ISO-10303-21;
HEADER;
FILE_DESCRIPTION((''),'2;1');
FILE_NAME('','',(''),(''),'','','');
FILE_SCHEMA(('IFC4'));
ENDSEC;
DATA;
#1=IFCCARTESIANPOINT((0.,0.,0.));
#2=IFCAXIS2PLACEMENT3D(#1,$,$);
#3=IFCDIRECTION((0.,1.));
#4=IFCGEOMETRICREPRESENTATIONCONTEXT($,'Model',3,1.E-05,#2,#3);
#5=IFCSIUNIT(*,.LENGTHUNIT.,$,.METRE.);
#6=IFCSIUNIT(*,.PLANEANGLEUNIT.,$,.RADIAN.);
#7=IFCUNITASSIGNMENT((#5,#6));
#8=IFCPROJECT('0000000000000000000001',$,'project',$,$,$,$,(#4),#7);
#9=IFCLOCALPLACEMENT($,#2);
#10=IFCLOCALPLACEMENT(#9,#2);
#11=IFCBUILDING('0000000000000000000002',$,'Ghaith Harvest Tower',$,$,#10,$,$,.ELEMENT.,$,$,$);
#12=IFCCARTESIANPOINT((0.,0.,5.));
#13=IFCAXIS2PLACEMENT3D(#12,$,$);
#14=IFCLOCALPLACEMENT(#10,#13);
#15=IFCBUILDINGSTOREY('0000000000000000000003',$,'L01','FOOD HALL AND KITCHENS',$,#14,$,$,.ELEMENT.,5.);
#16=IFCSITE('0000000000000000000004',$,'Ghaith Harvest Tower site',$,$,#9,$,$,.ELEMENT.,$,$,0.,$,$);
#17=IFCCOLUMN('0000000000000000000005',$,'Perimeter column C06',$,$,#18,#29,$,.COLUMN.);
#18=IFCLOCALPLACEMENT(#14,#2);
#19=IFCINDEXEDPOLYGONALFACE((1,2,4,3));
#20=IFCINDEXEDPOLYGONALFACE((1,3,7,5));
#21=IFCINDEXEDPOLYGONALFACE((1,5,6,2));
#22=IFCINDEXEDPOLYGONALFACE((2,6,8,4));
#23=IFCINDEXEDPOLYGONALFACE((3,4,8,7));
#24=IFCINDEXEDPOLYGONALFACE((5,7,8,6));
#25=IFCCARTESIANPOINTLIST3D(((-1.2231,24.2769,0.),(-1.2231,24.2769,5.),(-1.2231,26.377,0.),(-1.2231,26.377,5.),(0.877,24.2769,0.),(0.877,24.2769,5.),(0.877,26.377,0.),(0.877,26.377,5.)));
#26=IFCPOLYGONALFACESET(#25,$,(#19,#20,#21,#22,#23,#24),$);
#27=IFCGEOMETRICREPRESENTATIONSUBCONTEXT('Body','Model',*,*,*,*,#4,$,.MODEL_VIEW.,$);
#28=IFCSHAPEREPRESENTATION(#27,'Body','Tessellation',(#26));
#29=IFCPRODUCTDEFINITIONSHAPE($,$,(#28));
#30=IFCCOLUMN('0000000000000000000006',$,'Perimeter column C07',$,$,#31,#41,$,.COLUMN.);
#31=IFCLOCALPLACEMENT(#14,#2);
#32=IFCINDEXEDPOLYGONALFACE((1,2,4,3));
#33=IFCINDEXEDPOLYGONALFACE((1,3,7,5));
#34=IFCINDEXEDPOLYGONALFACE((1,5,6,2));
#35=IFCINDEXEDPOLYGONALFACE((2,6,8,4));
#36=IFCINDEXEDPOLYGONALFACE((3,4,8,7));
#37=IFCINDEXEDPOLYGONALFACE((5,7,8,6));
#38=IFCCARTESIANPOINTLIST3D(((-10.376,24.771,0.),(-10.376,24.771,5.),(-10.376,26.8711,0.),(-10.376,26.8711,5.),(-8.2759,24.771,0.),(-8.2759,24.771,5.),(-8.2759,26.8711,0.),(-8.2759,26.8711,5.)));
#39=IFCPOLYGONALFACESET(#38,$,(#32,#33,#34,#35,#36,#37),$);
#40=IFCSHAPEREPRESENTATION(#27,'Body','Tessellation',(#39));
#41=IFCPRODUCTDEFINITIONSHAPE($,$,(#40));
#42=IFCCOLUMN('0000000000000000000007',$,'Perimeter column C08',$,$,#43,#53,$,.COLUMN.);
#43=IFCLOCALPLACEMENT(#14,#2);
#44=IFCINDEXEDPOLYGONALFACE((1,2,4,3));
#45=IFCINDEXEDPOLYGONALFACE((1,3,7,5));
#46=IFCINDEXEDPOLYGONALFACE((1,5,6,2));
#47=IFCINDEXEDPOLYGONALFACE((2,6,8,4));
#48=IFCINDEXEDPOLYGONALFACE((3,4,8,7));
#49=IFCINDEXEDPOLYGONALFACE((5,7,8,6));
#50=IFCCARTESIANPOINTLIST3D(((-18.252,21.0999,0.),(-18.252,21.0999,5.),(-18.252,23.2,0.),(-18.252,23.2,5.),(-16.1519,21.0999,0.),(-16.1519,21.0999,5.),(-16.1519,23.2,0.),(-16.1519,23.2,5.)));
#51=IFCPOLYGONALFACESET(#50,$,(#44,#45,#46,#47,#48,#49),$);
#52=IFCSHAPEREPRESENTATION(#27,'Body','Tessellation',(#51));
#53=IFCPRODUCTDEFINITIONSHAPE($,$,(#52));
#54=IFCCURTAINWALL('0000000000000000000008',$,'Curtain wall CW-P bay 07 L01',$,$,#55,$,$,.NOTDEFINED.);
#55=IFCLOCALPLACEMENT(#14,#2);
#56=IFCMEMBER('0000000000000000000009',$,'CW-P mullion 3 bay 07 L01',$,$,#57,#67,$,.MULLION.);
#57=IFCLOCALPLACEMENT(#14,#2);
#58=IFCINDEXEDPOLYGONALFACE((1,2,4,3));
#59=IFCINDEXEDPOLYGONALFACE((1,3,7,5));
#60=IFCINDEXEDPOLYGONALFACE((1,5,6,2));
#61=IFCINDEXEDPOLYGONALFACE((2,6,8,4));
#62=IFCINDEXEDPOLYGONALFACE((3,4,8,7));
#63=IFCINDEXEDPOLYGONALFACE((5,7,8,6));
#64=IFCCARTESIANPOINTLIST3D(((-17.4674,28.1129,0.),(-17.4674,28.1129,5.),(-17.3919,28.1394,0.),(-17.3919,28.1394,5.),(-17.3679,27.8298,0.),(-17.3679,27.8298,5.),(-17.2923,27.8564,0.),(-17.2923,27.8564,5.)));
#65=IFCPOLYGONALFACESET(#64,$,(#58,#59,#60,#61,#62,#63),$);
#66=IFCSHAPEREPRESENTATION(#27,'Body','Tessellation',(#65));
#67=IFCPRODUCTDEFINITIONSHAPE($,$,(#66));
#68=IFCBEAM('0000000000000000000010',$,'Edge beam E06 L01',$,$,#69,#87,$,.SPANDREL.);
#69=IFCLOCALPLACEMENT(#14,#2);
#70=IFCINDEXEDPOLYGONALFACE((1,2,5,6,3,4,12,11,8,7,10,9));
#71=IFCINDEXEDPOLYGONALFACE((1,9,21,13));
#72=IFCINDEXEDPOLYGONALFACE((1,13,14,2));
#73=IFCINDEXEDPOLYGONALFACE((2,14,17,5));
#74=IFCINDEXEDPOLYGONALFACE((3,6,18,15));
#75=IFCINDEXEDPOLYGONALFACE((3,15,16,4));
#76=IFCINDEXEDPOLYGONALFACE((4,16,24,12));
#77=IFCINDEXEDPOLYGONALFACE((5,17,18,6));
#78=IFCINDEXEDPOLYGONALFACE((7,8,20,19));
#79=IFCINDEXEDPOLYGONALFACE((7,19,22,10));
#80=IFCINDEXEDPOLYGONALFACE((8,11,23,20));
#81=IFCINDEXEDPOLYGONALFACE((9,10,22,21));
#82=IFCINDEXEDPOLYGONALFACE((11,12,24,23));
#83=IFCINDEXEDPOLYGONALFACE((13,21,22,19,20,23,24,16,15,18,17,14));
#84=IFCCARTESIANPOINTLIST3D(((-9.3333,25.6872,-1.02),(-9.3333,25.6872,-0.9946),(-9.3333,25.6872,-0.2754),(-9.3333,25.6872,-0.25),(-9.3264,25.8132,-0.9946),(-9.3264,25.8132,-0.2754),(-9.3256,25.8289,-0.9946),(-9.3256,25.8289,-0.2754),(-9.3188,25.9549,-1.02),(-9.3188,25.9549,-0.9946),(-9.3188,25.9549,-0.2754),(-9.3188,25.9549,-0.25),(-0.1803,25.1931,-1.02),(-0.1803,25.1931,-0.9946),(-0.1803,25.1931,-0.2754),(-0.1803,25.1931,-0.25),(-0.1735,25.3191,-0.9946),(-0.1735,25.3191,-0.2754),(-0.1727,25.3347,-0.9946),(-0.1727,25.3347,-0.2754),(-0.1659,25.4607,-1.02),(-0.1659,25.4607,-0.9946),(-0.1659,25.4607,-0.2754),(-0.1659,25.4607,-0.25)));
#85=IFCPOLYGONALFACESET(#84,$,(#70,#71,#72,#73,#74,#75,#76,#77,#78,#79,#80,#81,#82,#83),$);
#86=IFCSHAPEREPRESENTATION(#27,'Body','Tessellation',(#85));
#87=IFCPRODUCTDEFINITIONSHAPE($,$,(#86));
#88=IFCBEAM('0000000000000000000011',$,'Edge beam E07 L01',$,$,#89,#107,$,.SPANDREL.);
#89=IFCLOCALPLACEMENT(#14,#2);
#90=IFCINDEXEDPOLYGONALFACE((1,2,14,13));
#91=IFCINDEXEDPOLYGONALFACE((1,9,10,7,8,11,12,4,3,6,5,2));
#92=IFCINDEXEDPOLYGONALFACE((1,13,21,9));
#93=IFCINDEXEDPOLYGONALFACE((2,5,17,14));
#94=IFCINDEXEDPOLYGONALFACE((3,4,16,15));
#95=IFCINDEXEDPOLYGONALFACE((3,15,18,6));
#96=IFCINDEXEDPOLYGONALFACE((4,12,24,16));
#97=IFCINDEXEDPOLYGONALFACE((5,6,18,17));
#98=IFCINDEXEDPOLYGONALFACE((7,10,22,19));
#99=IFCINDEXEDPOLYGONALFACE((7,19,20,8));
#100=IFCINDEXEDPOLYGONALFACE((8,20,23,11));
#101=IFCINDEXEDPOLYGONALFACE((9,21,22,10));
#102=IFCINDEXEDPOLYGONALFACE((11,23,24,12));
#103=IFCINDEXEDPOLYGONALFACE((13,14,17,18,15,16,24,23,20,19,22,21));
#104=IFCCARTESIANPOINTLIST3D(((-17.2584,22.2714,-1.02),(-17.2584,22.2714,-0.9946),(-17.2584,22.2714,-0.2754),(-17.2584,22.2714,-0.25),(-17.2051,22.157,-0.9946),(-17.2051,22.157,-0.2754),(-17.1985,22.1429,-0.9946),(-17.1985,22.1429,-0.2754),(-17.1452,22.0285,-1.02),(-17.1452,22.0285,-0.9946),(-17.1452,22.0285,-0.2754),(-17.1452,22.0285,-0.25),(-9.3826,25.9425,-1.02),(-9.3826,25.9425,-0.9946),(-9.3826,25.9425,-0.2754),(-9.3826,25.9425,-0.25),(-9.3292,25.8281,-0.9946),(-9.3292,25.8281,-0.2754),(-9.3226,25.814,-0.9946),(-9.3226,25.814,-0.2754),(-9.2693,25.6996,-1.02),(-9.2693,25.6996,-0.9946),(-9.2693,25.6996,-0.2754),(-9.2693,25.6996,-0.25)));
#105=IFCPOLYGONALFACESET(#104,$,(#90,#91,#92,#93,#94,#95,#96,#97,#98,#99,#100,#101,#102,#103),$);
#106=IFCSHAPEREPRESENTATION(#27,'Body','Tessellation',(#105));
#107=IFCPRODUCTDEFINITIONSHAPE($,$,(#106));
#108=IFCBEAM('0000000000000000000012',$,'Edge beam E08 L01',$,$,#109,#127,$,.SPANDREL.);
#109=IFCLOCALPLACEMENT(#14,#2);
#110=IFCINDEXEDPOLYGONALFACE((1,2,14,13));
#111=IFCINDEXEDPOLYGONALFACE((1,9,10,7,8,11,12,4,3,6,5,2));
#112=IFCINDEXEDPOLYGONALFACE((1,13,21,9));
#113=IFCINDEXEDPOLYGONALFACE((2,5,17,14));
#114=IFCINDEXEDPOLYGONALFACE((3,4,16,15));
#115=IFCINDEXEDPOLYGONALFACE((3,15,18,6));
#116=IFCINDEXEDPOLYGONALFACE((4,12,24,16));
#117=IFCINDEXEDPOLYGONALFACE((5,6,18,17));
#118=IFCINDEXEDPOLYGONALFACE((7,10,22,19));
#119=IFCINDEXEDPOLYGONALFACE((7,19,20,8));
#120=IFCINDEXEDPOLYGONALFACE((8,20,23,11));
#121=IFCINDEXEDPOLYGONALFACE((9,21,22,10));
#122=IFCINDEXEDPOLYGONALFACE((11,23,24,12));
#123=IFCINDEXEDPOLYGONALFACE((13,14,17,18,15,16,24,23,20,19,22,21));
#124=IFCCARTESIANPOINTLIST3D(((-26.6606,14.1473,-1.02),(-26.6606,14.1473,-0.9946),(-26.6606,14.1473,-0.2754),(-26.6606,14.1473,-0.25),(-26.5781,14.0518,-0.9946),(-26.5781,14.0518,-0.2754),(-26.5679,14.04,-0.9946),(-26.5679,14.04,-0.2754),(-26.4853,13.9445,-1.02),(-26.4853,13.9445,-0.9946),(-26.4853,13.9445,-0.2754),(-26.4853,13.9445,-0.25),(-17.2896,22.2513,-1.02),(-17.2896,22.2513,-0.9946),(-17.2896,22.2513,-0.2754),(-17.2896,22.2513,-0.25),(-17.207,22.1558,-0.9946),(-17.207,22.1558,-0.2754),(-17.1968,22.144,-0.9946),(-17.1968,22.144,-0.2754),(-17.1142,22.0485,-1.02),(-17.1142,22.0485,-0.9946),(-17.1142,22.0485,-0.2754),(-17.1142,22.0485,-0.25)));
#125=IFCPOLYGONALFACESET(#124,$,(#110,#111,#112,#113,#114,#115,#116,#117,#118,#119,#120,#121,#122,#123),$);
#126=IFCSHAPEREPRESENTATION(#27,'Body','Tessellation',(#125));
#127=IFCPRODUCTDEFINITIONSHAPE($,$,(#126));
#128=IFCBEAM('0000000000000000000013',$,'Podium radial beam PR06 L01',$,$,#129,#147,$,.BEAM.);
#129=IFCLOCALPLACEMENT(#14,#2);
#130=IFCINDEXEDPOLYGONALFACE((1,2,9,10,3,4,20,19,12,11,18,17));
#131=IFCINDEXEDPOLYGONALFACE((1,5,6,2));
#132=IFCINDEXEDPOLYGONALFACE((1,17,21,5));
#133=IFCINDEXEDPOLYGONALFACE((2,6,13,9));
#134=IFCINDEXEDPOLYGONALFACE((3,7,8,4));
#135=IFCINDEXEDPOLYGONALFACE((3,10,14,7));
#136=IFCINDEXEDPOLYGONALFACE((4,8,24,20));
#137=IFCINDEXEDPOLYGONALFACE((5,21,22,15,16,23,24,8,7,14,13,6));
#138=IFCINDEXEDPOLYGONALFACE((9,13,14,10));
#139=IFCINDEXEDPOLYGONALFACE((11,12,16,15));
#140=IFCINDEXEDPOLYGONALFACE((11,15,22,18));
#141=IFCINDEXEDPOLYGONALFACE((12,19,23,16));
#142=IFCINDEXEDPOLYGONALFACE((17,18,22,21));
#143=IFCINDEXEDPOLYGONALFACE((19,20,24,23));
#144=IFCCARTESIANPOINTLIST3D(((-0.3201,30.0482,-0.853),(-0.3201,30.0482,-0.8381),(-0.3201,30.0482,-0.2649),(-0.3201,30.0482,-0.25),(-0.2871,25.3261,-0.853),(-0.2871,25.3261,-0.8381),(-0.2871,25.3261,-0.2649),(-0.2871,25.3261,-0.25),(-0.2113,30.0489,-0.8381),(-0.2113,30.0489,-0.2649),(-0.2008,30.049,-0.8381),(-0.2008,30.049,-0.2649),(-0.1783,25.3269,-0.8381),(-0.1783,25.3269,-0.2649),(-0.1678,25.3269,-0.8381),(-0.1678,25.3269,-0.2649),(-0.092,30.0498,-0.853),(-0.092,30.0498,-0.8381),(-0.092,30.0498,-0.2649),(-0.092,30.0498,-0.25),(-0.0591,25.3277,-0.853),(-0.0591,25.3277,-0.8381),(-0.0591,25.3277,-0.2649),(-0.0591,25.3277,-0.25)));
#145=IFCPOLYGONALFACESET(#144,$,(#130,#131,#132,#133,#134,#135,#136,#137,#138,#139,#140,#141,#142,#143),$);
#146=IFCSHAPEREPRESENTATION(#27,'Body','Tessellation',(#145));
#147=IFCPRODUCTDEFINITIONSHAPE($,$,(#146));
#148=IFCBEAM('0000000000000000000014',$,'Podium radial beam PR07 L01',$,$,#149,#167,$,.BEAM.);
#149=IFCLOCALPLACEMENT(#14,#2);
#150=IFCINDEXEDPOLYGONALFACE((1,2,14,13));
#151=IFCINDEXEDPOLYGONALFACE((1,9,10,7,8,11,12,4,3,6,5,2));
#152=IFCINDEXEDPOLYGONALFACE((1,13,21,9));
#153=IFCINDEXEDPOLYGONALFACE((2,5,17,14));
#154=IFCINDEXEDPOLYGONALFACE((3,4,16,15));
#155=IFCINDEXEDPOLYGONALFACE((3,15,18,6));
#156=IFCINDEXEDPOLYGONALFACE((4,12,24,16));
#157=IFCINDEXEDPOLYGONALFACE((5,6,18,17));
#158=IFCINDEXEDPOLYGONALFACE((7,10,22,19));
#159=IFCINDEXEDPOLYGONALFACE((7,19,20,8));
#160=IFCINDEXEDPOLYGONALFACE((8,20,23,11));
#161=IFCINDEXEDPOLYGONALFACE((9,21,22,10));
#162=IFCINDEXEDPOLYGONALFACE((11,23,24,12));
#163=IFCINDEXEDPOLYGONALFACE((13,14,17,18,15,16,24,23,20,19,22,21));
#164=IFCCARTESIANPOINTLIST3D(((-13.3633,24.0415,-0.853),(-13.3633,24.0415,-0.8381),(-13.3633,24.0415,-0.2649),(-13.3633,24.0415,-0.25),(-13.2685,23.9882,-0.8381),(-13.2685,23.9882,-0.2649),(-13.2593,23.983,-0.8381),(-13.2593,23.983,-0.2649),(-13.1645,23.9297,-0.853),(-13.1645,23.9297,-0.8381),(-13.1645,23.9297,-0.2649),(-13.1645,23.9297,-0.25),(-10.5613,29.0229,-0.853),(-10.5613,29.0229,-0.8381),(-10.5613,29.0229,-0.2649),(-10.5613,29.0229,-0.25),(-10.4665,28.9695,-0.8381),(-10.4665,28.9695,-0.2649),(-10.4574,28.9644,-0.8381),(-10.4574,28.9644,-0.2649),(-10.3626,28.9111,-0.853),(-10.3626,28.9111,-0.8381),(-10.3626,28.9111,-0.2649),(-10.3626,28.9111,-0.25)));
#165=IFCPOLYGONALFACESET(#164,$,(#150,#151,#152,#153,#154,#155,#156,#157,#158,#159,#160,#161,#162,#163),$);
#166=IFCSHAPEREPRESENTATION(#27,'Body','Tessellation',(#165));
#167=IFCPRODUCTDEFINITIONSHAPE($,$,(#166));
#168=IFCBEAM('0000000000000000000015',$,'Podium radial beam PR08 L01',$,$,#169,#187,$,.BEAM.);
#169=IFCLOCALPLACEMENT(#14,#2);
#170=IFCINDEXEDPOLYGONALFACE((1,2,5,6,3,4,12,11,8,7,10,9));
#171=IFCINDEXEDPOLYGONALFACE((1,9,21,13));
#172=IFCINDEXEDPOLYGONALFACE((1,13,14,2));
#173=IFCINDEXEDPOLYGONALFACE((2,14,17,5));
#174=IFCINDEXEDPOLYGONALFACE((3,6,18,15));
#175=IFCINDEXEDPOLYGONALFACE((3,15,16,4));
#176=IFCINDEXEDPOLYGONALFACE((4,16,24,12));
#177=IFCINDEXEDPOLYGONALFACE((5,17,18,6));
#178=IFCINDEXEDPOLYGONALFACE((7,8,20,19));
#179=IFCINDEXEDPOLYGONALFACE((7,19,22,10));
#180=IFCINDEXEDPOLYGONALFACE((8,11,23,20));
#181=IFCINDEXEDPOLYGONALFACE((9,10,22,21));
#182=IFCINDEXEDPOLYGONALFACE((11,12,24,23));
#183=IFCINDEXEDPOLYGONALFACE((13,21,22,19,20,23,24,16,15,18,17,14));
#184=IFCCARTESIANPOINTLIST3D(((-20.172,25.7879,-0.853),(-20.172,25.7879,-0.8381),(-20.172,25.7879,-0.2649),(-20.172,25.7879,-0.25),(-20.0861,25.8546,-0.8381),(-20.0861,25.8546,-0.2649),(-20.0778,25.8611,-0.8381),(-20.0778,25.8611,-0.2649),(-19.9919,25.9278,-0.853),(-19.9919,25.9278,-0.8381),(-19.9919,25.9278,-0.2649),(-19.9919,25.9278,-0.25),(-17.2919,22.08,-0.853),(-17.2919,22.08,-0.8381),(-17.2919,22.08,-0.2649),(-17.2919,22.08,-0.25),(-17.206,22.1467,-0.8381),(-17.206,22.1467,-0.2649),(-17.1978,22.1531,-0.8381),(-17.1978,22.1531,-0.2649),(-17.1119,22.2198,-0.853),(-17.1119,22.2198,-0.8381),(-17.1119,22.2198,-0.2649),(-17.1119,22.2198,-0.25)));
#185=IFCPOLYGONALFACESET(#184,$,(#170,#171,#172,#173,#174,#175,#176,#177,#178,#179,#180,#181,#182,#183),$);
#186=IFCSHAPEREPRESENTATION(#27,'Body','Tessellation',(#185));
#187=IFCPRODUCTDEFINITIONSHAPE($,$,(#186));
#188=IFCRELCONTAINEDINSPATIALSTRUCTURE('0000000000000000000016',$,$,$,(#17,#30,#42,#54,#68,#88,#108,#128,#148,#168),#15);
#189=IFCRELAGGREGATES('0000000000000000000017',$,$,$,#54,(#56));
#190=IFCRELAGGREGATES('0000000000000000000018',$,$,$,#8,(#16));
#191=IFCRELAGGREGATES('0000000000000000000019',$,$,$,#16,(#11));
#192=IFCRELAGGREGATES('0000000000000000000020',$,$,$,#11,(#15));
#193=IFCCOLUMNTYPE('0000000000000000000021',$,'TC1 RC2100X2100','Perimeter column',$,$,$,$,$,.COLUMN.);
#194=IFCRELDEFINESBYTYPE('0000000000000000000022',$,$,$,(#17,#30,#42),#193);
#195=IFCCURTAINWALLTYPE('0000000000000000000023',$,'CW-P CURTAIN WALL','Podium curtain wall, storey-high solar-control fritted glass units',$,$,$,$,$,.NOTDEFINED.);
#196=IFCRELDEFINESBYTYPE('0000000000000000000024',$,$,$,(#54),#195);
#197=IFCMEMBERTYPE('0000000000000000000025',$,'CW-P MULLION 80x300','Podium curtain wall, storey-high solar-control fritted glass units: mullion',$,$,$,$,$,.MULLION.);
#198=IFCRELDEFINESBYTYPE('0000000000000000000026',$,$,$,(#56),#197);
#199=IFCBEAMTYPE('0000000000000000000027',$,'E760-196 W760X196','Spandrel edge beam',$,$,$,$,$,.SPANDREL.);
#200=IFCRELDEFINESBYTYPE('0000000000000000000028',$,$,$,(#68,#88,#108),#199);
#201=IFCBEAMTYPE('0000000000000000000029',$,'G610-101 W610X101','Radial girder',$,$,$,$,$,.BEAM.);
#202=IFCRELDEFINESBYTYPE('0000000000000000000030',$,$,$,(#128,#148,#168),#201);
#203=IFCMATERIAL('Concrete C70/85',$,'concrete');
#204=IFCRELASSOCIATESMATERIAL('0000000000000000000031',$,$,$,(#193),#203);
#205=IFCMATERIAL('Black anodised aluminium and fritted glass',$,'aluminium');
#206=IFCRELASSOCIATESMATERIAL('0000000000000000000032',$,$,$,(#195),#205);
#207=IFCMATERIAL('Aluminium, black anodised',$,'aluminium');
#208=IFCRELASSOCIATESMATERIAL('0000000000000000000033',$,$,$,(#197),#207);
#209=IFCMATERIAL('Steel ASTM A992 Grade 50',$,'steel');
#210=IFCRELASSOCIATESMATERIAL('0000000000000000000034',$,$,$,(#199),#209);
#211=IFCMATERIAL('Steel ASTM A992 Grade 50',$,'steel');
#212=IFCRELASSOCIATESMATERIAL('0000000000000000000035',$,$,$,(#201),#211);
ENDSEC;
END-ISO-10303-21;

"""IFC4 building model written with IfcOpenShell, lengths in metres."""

from ifc_helpers import new_model, si_unit, direction, frame, origin, origin_2d, place, context, subcontext, project, spatial, rectangle, i_section, extrude, material, material_profile, profile_set, type_object, element, aggregate, save


model = new_model("IFC4")

# Units and contexts
model_context = context("Model", 3, precision=1e-05, world=origin(), true_north=direction((0.0, 1.0)))
body_context = subcontext(model_context, "Body", "Model", "MODEL_VIEW")
ifc_project = project(units=[si_unit("LENGTHUNIT", "METRE"), si_unit("PLANEANGLEUNIT", "RADIAN")], contexts=[model_context])

# Site, building, storey
site_placement = place(None, origin())
site = spatial("IfcSite", under=ifc_project, at=site_placement, Name="Ghaith Harvest Tower site", CompositionType="ELEMENT", RefElevation=0.0)
building_placement = place(site_placement, origin())
building = spatial("IfcBuilding", under=site, at=building_placement, Name="Ghaith Harvest Tower", CompositionType="ELEMENT")
storey_placement = place(building_placement, frame((0.0, 0.0, 5.0)))
storey = spatial("IfcBuildingStorey", under=building, at=storey_placement, Name="L01", Description="FOOD HALL AND KITCHENS", CompositionType="ELEMENT", Elevation=5.0)

# Columns
ifc_material_1 = material(Name="Concrete C70/85", Category="concrete")
ifc_material_profile_1 = material_profile(ifc_material_1, rectangle(XDim=2.1001, YDim=2.1001, at=origin_2d()), Name="RC2100X2100")
ifc_profile_set_1 = profile_set([ifc_material_profile_1], Name="Concrete C70/85")
column_type = type_object("IfcColumnType", Name="TC1 RC2100X2100", Description="Perimeter column", PredefinedType="COLUMN", material=ifc_profile_set_1)
for number, where, z_axis, x_axis, name in (
    (1, (-0.1731, 25.3269, 0.0), (0.0, 0.0, 1.0), (1.0, 0.0, 0.0), "Perimeter column C06"),
    (2, (-9.3259, 25.821, 0.0), (0.0, 0.0, 1.0), (1.0, 0.0, 0.0), "Perimeter column C07"),
    (3, (-17.2019, 22.1499, 0.0), (0.0, 0.0, 1.0), (1.0, 0.0, 0.0), "Perimeter column C08"),
):
    element("IfcColumn", number, at=place(storey_placement, frame(where, z_axis=z_axis, x_axis=x_axis)), inside=storey, type_object=column_type, Name=name, PredefinedType="COLUMN", context=body_context, shape_type="SweptSolid", body=[
        extrude(rectangle(XDim=2.1001, YDim=2.1001, at=origin_2d()), origin(), (0.0, 0.0, 1.0), 5.0),
    ])

# Curtain wall, member
ifc_material_2 = material(Name="Black anodised aluminium and fritted glass", Category="aluminium")
curtain_wall_type = type_object("IfcCurtainWallType", Name="CW-P CURTAIN WALL", Description="Podium curtain wall, storey-high solar-control fritted glass units", PredefinedType="NOTDEFINED", material=ifc_material_2)
curtain_wall_placement = place(storey_placement, origin())
curtain_wall = element("IfcCurtainWall", 4, at=curtain_wall_placement, inside=storey, type_object=curtain_wall_type, Name="Curtain wall CW-P bay 07 L01", PredefinedType="NOTDEFINED")
ifc_material_3 = material(Name="Aluminium, black anodised", Category="aluminium")
ifc_material_profile_2 = material_profile(ifc_material_3, rectangle(XDim=0.0801, YDim=0.3, at=origin_2d()), Name="CW-P MULLION 80x300")
ifc_profile_set_2 = profile_set([ifc_material_profile_2], Name="Aluminium, black anodised")
member_type = type_object("IfcMemberType", Name="CW-P MULLION 80x300", Description="Podium curtain wall, storey-high solar-control fritted glass units: mullion", PredefinedType="MULLION", material=ifc_profile_set_2)
member_placement = place(storey_placement, frame((-17.3799, 27.9846, 0.0), z_axis=(0.0, 0.0, 1.0), x_axis=(-0.943343, -0.33182, 0.0)))
member = element("IfcMember", 5, at=member_placement, type_object=member_type, Name="CW-P mullion 3 bay 07 L01", PredefinedType="MULLION", context=body_context, shape_type="SweptSolid", body=[
    extrude(rectangle(XDim=0.0801, YDim=0.3, at=origin_2d()), origin(), (0.0, 0.0, 1.0), 5.0),
])

# Beams
ifc_material_4 = material(Name="Steel ASTM A992 Grade 50", Category="steel")
ifc_material_profile_3 = material_profile(ifc_material_4, i_section(OverallWidth=0.2681, OverallDepth=0.77, WebThickness=0.0156, FlangeThickness=0.0254, at=origin_2d()), Name="W760X196")
ifc_profile_set_3 = profile_set([ifc_material_profile_3], Name="Steel ASTM A992 Grade 50")
beam_type_1 = type_object("IfcBeamType", Name="E760-196 W760X196", Description="Spandrel edge beam", PredefinedType="SPANDREL", material=ifc_profile_set_3)
beam_1_placement = place(storey_placement, frame((-0.1731, 25.3269, -0.635), z_axis=(-0.998546, 0.053909, 0.0), x_axis=(-0.053909, -0.998546, 0.0)))
element("IfcBeam", 6, at=beam_1_placement, inside=storey, type_object=beam_type_1, Name="Edge beam E06 L01", PredefinedType="SPANDREL", context=body_context, shape_type="SweptSolid", body=[
    extrude(i_section(OverallWidth=0.2681, OverallDepth=0.77, WebThickness=0.0156, FlangeThickness=0.0254, at=origin_2d()), origin(), (0.0, 0.0, 1.0), 9.1663),
])
beam_2_placement = place(storey_placement, frame((-9.3259, 25.821, -0.635), z_axis=(-0.906373, -0.422478, 0.0), x_axis=(0.422478, -0.906373, 0.0)))
element("IfcBeam", 7, at=beam_2_placement, inside=storey, type_object=beam_type_1, Name="Edge beam E07 L01", PredefinedType="SPANDREL", context=body_context, shape_type="SweptSolid", body=[
    extrude(i_section(OverallWidth=0.2681, OverallDepth=0.77, WebThickness=0.0156, FlangeThickness=0.0254, at=origin_2d()), origin(), (0.0, 0.0, 1.0), 8.6895),
])
beam_3_placement = place(storey_placement, frame((-17.2019, 22.1499, -0.635), z_axis=(-0.756392, -0.654118, 0.0), x_axis=(0.654118, -0.756392, 0.0)))
element("IfcBeam", 8, at=beam_3_placement, inside=storey, type_object=beam_type_1, Name="Edge beam E08 L01", PredefinedType="SPANDREL", context=body_context, shape_type="SweptSolid", body=[
    extrude(i_section(OverallWidth=0.2681, OverallDepth=0.77, WebThickness=0.0156, FlangeThickness=0.0254, at=origin_2d()), origin(), (0.0, 0.0, 1.0), 12.3892),
])
ifc_material_5 = material(Name="Steel ASTM A992 Grade 50", Category="steel")
ifc_material_profile_4 = material_profile(ifc_material_5, i_section(OverallWidth=0.228, OverallDepth=0.603, WebThickness=0.0105, FlangeThickness=0.0149, at=origin_2d()), Name="W610X101")
ifc_profile_set_4 = profile_set([ifc_material_profile_4], Name="Steel ASTM A992 Grade 50")
beam_type_2 = type_object("IfcBeamType", Name="G610-101 W610X101", Description="Radial girder", PredefinedType="BEAM", material=ifc_profile_set_4)
beam_4_placement = place(storey_placement, frame((-0.1731, 25.3269, -0.5515), z_axis=(-0.006979, 0.999976, 0.0), x_axis=(-0.999976, -0.006979, 0.0)))
element("IfcBeam", 9, at=beam_4_placement, inside=storey, type_object=beam_type_2, Name="Podium radial beam PR06 L01", PredefinedType="BEAM", context=body_context, shape_type="SweptSolid", body=[
    extrude(i_section(OverallWidth=0.228, OverallDepth=0.603, WebThickness=0.0105, FlangeThickness=0.0149, at=origin_2d()), origin(), (0.0, 0.0, 1.0), 4.7222),
])
beam_5_placement = place(storey_placement, frame((-13.2639, 23.9856, -0.5515), z_axis=(0.490253, 0.87158, 0.0), x_axis=(-0.87158, 0.490253, 0.0)))
element("IfcBeam", 10, at=beam_5_placement, inside=storey, type_object=beam_type_2, Name="Podium radial beam PR07 L01", PredefinedType="BEAM", context=body_context, shape_type="SweptSolid", body=[
    extrude(i_section(OverallWidth=0.228, OverallDepth=0.603, WebThickness=0.0105, FlangeThickness=0.0149, at=origin_2d()), origin(), (0.0, 0.0, 1.0), 5.7153),
])
beam_6_placement = place(storey_placement, frame((-17.2019, 22.1499, -0.5515), z_axis=(-0.613426, 0.789752, 0.0), x_axis=(-0.789752, -0.613426, 0.0)))
element("IfcBeam", 11, at=beam_6_placement, inside=storey, type_object=beam_type_2, Name="Podium radial beam PR08 L01", PredefinedType="BEAM", context=body_context, shape_type="SweptSolid", body=[
    extrude(i_section(OverallWidth=0.228, OverallDepth=0.603, WebThickness=0.0105, FlangeThickness=0.0149, at=origin_2d()), origin(), (0.0, 0.0, 1.0), 4.6951),
])

aggregate(curtain_wall, [member])

save(model, "model.ifc")
